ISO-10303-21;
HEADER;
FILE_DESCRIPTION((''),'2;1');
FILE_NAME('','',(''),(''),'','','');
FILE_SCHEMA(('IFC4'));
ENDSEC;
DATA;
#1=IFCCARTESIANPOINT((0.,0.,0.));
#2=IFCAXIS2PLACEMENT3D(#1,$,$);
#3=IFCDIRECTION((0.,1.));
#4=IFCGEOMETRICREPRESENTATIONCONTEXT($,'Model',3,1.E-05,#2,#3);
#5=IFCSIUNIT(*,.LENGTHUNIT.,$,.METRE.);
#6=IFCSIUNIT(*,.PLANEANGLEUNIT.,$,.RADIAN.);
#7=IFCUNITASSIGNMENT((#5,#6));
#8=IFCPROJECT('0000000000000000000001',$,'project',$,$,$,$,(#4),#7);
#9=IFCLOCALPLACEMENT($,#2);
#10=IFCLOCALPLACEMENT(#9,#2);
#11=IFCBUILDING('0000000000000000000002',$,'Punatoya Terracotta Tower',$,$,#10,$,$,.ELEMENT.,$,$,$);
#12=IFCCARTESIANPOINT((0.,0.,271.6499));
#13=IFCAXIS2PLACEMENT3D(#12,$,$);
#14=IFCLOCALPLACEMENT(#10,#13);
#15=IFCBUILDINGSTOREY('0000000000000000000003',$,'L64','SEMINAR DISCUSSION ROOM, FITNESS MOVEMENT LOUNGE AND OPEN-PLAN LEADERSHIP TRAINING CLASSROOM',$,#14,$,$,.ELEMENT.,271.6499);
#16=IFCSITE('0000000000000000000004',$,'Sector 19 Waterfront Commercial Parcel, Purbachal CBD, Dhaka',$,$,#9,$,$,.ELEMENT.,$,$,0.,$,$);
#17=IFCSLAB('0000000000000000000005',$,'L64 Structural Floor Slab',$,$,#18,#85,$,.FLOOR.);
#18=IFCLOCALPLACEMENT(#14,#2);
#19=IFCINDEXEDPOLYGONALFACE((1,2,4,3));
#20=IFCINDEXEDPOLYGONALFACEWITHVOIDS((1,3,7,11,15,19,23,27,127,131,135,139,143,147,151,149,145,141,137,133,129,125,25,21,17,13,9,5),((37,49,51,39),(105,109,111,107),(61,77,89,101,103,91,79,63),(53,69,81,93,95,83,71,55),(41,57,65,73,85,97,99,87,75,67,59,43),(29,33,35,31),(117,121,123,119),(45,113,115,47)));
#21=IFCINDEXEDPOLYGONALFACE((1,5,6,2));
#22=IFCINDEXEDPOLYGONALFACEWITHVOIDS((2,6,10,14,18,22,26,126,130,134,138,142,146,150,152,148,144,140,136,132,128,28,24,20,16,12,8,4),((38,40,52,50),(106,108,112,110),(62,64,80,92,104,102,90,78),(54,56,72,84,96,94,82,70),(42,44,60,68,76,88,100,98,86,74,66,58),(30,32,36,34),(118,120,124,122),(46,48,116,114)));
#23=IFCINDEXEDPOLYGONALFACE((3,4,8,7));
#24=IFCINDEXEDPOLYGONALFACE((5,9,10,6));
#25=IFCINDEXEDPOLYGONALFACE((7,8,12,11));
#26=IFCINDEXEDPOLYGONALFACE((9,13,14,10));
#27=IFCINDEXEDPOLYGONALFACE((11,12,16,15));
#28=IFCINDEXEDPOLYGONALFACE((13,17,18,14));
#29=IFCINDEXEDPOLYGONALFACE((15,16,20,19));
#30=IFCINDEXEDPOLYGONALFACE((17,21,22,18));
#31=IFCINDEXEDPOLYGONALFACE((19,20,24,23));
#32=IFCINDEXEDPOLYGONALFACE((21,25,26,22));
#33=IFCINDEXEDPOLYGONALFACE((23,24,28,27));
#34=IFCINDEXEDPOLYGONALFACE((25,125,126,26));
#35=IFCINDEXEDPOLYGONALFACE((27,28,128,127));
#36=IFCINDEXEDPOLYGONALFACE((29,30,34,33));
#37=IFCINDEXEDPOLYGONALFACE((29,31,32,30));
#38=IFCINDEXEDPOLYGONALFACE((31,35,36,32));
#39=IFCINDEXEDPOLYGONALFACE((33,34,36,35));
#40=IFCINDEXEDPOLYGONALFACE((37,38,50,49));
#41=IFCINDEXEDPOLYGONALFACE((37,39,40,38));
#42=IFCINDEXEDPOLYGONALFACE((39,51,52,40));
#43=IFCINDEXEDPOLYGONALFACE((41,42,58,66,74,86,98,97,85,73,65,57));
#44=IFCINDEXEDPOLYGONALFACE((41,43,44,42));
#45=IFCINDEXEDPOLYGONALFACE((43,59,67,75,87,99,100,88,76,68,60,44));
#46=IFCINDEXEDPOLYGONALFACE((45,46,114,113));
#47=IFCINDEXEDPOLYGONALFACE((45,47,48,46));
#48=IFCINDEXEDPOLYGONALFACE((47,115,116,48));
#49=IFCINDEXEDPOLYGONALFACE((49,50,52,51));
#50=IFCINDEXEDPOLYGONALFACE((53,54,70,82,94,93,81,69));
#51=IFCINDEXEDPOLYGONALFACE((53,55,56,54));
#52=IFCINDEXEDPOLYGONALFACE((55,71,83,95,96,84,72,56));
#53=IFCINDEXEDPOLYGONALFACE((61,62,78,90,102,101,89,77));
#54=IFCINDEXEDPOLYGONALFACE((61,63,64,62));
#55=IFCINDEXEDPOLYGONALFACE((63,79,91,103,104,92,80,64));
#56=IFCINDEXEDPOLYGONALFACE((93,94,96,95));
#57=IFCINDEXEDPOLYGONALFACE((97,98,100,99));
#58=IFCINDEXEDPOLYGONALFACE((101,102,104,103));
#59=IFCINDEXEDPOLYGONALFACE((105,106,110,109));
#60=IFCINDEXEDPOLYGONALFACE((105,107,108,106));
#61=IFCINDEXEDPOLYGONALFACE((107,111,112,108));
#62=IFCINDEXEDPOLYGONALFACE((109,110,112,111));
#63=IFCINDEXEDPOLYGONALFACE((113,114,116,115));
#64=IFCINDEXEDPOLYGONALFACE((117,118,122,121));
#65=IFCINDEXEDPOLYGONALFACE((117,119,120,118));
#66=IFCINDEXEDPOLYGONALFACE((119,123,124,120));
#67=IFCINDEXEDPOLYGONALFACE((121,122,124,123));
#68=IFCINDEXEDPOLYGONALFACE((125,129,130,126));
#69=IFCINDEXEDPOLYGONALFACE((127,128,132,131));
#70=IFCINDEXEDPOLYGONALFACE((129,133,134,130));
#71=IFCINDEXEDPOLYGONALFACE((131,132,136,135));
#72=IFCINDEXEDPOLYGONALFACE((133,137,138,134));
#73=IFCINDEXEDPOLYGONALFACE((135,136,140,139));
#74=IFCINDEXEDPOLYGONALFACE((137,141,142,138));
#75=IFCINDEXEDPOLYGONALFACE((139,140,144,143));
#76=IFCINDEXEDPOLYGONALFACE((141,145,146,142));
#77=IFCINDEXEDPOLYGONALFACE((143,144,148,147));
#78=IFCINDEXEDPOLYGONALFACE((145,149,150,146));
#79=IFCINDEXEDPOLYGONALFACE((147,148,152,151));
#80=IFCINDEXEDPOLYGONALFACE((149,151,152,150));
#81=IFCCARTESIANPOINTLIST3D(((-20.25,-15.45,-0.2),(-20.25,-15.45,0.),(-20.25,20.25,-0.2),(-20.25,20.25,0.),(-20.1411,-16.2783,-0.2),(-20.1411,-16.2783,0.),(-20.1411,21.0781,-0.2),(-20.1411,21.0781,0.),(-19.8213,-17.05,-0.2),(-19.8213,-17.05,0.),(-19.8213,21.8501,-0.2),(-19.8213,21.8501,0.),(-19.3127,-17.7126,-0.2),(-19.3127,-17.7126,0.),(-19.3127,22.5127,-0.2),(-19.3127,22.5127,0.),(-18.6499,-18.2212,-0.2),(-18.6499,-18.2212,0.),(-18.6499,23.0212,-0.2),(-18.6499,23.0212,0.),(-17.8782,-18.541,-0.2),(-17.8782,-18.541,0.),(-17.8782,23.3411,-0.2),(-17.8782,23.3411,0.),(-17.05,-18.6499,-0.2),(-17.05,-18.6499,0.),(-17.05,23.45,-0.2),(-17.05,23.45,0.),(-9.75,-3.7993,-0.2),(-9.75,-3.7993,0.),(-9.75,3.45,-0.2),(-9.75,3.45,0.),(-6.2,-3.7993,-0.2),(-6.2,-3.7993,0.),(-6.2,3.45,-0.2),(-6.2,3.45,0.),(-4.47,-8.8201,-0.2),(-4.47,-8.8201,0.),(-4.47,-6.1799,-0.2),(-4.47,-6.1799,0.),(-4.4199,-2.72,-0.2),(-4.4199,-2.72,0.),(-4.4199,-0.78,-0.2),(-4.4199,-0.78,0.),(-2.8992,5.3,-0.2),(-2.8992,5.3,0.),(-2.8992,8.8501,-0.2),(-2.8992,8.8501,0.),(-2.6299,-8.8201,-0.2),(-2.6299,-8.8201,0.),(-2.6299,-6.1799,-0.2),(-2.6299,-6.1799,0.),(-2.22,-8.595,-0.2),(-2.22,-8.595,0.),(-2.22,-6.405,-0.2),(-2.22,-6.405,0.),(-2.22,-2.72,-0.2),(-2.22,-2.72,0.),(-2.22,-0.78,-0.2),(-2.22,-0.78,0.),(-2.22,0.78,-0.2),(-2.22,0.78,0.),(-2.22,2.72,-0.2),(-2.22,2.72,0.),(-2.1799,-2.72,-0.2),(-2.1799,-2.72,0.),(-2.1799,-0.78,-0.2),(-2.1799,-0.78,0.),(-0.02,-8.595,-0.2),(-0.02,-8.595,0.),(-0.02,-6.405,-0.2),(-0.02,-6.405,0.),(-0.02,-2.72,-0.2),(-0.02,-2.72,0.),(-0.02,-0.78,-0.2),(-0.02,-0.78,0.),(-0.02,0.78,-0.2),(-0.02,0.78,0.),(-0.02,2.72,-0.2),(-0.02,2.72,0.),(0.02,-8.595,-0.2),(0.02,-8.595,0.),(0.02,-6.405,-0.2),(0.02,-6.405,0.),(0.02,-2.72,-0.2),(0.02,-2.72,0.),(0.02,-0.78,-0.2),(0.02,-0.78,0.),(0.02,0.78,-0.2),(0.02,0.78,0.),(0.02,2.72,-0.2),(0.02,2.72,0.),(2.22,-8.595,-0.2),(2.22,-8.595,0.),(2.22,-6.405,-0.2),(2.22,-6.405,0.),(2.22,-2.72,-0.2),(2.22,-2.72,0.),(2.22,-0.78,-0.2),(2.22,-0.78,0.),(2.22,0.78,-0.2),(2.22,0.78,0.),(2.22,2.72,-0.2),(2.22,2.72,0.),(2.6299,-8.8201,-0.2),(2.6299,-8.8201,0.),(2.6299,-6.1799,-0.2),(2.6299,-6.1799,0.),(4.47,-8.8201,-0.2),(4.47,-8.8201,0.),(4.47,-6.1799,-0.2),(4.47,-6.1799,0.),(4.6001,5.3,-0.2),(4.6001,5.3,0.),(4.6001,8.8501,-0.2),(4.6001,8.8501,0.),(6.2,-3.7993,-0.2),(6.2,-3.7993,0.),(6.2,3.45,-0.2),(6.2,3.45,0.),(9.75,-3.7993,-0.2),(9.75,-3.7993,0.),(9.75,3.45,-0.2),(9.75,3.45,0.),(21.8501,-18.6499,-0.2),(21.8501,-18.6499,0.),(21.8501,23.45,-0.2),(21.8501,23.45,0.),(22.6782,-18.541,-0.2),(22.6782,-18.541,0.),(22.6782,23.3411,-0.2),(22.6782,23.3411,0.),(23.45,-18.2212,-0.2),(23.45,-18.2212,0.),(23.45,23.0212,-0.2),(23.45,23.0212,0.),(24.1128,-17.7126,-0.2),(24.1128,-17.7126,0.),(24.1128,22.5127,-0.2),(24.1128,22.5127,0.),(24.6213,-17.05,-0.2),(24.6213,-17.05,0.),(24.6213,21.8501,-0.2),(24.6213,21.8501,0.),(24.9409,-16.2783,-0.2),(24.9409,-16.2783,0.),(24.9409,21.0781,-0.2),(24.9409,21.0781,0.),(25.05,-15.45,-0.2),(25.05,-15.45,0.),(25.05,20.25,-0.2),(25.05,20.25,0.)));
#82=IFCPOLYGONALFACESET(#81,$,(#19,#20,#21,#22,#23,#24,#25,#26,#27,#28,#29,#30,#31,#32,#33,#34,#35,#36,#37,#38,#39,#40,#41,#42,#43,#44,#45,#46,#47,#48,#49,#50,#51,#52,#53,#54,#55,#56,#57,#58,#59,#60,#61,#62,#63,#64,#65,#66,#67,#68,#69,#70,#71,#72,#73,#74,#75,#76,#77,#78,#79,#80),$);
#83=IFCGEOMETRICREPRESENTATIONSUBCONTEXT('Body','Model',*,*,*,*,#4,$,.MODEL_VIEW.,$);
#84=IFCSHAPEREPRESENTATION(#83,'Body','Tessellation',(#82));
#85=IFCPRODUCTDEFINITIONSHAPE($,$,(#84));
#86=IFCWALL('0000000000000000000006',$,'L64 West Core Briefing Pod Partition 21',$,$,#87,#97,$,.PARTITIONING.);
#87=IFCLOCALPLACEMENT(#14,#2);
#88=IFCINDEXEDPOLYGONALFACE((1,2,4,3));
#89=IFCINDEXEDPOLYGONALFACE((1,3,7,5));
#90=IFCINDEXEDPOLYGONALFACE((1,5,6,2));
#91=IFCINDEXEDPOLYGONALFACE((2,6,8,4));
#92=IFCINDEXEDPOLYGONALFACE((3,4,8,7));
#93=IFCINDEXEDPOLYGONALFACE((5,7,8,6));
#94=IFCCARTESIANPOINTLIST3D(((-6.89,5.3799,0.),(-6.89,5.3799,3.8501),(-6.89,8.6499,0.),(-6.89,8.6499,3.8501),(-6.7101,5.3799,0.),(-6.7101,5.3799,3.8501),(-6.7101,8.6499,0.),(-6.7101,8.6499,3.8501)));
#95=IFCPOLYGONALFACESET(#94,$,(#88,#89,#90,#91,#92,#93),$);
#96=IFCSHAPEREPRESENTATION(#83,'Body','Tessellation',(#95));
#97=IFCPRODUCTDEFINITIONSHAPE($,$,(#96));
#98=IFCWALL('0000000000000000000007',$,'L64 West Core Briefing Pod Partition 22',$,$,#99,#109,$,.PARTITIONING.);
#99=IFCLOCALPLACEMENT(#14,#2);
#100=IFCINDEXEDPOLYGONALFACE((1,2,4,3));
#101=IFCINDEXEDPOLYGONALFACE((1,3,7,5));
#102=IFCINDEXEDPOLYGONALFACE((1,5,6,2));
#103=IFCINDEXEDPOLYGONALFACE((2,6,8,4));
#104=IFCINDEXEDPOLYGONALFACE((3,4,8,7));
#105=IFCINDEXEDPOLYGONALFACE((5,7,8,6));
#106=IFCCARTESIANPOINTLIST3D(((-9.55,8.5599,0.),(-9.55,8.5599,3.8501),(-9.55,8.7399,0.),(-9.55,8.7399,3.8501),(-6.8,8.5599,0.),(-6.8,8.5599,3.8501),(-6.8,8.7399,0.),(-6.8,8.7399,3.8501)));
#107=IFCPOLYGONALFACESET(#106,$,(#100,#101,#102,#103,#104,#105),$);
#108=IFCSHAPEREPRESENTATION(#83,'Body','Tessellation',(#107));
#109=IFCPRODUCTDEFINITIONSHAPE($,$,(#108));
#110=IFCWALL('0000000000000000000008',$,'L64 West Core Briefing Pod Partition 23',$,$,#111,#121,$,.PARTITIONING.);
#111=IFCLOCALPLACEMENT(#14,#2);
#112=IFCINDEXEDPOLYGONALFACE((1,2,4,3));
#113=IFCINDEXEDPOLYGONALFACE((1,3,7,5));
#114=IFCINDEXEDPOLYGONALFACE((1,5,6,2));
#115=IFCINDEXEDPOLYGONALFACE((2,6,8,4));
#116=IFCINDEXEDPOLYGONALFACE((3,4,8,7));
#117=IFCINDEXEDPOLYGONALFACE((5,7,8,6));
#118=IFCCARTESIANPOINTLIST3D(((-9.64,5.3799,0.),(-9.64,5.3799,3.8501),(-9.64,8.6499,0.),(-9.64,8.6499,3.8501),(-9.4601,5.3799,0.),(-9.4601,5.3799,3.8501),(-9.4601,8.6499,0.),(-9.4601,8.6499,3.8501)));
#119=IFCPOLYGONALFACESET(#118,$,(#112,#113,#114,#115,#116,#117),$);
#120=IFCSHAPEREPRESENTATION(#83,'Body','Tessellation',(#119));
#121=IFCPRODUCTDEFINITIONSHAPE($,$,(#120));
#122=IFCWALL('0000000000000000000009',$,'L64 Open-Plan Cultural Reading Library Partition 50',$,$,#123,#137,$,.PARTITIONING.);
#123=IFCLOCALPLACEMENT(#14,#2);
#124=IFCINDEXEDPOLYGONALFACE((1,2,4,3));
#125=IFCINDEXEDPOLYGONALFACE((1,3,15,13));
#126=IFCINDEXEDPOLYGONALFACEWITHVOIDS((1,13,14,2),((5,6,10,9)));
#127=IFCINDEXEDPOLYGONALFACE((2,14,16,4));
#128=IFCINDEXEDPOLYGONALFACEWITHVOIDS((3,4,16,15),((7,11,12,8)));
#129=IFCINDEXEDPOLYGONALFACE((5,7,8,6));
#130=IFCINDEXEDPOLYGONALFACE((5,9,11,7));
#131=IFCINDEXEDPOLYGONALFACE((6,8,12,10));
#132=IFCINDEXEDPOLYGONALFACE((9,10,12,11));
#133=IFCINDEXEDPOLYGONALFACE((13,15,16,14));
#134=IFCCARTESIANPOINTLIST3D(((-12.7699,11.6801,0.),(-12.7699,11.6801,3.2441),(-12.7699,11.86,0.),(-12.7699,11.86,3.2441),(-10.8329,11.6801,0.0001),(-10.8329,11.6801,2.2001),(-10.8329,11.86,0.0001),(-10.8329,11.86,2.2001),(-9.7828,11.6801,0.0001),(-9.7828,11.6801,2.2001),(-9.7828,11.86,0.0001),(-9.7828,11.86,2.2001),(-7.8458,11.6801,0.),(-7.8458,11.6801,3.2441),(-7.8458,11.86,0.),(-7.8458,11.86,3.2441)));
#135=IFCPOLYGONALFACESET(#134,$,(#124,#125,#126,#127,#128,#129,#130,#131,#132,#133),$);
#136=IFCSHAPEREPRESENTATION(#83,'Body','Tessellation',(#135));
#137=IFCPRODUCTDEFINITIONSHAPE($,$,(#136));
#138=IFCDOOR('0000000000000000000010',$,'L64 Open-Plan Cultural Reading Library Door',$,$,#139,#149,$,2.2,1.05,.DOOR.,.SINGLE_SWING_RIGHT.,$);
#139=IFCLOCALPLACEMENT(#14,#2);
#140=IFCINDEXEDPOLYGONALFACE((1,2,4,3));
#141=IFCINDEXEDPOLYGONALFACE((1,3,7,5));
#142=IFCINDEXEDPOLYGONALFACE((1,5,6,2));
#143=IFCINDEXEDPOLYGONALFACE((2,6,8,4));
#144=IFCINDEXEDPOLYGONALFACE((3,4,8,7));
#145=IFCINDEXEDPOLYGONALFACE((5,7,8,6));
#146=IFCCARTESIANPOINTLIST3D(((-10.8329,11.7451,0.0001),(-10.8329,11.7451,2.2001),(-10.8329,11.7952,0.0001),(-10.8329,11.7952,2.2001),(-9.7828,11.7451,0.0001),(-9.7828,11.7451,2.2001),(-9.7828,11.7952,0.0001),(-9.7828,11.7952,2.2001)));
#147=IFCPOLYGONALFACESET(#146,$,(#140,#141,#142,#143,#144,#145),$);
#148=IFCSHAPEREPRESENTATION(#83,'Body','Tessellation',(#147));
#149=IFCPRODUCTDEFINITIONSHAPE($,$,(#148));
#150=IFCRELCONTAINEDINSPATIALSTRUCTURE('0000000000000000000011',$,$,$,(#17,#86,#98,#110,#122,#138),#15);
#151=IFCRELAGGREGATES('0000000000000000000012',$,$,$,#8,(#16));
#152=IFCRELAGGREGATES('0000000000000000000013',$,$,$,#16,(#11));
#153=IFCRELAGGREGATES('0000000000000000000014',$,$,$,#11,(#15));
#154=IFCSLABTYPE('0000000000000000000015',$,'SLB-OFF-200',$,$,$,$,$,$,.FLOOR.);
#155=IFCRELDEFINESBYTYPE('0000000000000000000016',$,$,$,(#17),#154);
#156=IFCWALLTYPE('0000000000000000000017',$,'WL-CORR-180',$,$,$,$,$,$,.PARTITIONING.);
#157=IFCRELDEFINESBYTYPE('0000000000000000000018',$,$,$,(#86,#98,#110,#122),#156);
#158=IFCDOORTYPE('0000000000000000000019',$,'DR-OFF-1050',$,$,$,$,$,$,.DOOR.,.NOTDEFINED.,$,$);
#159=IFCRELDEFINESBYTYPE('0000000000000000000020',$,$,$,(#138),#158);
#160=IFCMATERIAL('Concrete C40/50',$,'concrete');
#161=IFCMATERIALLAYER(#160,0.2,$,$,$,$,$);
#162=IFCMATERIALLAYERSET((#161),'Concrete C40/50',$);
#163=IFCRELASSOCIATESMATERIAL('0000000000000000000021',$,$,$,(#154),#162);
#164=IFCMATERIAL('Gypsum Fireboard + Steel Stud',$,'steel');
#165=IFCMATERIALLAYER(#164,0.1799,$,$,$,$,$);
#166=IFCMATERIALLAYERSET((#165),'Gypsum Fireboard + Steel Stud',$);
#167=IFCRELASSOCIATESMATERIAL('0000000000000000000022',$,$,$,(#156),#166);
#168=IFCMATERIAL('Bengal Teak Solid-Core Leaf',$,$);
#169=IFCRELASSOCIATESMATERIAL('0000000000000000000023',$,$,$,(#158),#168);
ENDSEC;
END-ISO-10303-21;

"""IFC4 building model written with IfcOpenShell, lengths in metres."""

from ifc_helpers import new_model, si_unit, direction, frame, frame_2d, origin, place, context, subcontext, project, spatial, polyline, rectangle, outline, extrude, material, layer, layer_set, type_object, element, fill, save


model = new_model("IFC4")

# Units and contexts
model_context = context("Model", 3, precision=1e-05, world=origin(), true_north=direction((0.0, 1.0)))
body_context = subcontext(model_context, "Body", "Model", "MODEL_VIEW")
ifc_project = project(units=[si_unit("LENGTHUNIT", "METRE"), si_unit("PLANEANGLEUNIT", "RADIAN")], contexts=[model_context])

# Site, building, storey
site_placement = place(None, origin())
site = spatial("IfcSite", under=ifc_project, at=site_placement, Name="Sector 19 Waterfront Commercial Parcel, Purbachal CBD, Dhaka", CompositionType="ELEMENT", RefElevation=0.0)
building_placement = place(site_placement, origin())
building = spatial("IfcBuilding", under=site, at=building_placement, Name="Punatoya Terracotta Tower", CompositionType="ELEMENT")
storey_placement = place(building_placement, frame((0.0, 0.0, 271.6499)))
storey = spatial("IfcBuildingStorey", under=building, at=storey_placement, Name="L64", Description="SEMINAR DISCUSSION ROOM, FITNESS MOVEMENT LOUNGE AND OPEN-PLAN LEADERSHIP TRAINING CLASSROOM", CompositionType="ELEMENT", Elevation=271.6499)

# Shared definitions
ifc_material_1 = material(Name="Concrete C40/50", Category="concrete")

# Slab
ifc_layer_1 = layer(ifc_material_1, 0.2)
ifc_layer_set_1 = layer_set([ifc_layer_1], Name="Concrete C40/50")
slab_type_1 = type_object("IfcSlabType", Name="SLB-OFF-200", PredefinedType="FLOOR", material=ifc_layer_set_1)
slab_1_placement = place(storey_placement, frame((0.0, 0.0, -0.2)))
element("IfcSlab", 1, at=slab_1_placement, inside=storey, type_object=slab_type_1, Name="L64 Structural Floor Slab", PredefinedType="FLOOR", context=body_context, shape_type="SweptSolid", body=[
    extrude(outline(polyline([(-17.05, -18.6499), (-17.8782, -18.541), (-18.6499, -18.2212), (-19.3127, -17.7126), (-19.8213, -17.05), (-20.1411, -16.2783), (-20.25, -15.45), (-20.25, 20.25), (-20.1411, 21.0781), (-19.8213, 21.8501), (-19.3127, 22.5127), (-18.6499, 23.0212), (-17.8782, 23.3411), (-17.05, 23.45), (21.8501, 23.45), (22.6782, 23.3411), (23.45, 23.0212), (24.1128, 22.5127), (24.6213, 21.8501), (24.9409, 21.0781), (25.05, 20.25), (25.05, -15.45), (24.9409, -16.2783), (24.6213, -17.05), (24.1128, -17.7126), (23.45, -18.2212), (22.6782, -18.541), (21.8501, -18.6499), (-17.05, -18.6499)]), holes=[polyline([(-2.6299, -6.1799), (-4.47, -6.1799), (-4.47, -8.8201), (-2.6299, -8.8201), (-2.6299, -6.1799)]), polyline([(0.02, -8.595), (2.22, -8.595), (2.22, -6.405), (0.02, -6.405), (-0.02, -6.405), (-2.22, -6.405), (-2.22, -8.595), (-0.02, -8.595), (0.02, -8.595)]), polyline([(-2.22, -2.72), (-2.1799, -2.72), (-0.02, -2.72), (0.02, -2.72), (2.22, -2.72), (2.22, -0.78), (0.02, -0.78), (-0.02, -0.78), (-2.1799, -0.78), (-2.22, -0.78), (-4.4199, -0.78), (-4.4199, -2.72), (-2.22, -2.72)]), polyline([(-6.2, 3.45), (-9.75, 3.45), (-9.75, -3.7993), (-6.2, -3.7993), (-6.2, 3.45)]), polyline([(0.02, 0.78), (2.22, 0.78), (2.22, 2.72), (0.02, 2.72), (-0.02, 2.72), (-2.22, 2.72), (-2.22, 0.78), (-0.02, 0.78), (0.02, 0.78)]), polyline([(4.47, -8.8201), (4.47, -6.1799), (2.6299, -6.1799), (2.6299, -8.8201), (4.47, -8.8201)]), polyline([(6.2, 3.45), (6.2, -3.7993), (9.75, -3.7993), (9.75, 3.45), (6.2, 3.45)]), polyline([(4.6001, 5.3), (4.6001, 8.8501), (-2.8992, 8.8501), (-2.8992, 5.3), (4.6001, 5.3)])]), origin(), (0.0, 0.0, 1.0), 0.2),
])

# Walls
ifc_material_2 = material(Name="Gypsum Fireboard + Steel Stud", Category="steel")
ifc_layer_2 = layer(ifc_material_2, 0.1799)
ifc_layer_set_2 = layer_set([ifc_layer_2], Name="Gypsum Fireboard + Steel Stud")
wall_type_1 = type_object("IfcWallType", Name="WL-CORR-180", PredefinedType="PARTITIONING", material=ifc_layer_set_2)
wall_1_placement = place(storey_placement, frame((-6.8, 5.3799, 0.0), z_axis=(0.0, 0.0, 1.0), x_axis=(0.0, 1.0, 0.0)))
element("IfcWall", 2, at=wall_1_placement, inside=storey, type_object=wall_type_1, Name="L64 West Core Briefing Pod Partition 21", PredefinedType="PARTITIONING", context=body_context, shape_type="SweptSolid", body=[
    extrude(rectangle(XDim=3.27, YDim=0.1799, at=frame_2d((1.635, 0.0))), origin(), (0.0, 0.0, 1.0), 3.8501),
])
wall_2_placement = place(storey_placement, frame((-6.8, 8.6499, 0.0), z_axis=(0.0, 0.0, 1.0), x_axis=(-1.0, 0.0, 0.0)))
element("IfcWall", 3, at=wall_2_placement, inside=storey, type_object=wall_type_1, Name="L64 West Core Briefing Pod Partition 22", PredefinedType="PARTITIONING", context=body_context, shape_type="SweptSolid", body=[
    extrude(rectangle(XDim=2.75, YDim=0.1799, at=frame_2d((1.375, 0.0))), origin(), (0.0, 0.0, 1.0), 3.8501),
])
wall_3_placement = place(storey_placement, frame((-9.55, 8.6499, 0.0), z_axis=(0.0, 0.0, 1.0), x_axis=(0.0, -1.0, 0.0)))
element("IfcWall", 4, at=wall_3_placement, inside=storey, type_object=wall_type_1, Name="L64 West Core Briefing Pod Partition 23", PredefinedType="PARTITIONING", context=body_context, shape_type="SweptSolid", body=[
    extrude(rectangle(XDim=3.27, YDim=0.1799, at=frame_2d((1.635, 0.0))), origin(), (0.0, 0.0, 1.0), 3.8501),
])

# Wall, opening, door
wall_4_placement = place(storey_placement, frame((-7.8459, 11.77, 0.0), z_axis=(0.0, 0.0, 1.0), x_axis=(-1.0, 0.0, 0.0)))
wall_4 = element("IfcWall", 5, at=wall_4_placement, inside=storey, type_object=wall_type_1, Name="L64 Open-Plan Cultural Reading Library Partition 50", PredefinedType="PARTITIONING", context=body_context, shape_type="SweptSolid", body=[
    extrude(rectangle(XDim=4.9241, YDim=0.1799, at=frame_2d((2.4619, 0.0))), origin(), (0.0, 0.0, 1.0), 3.2441),
])
opening_1_placement = place(wall_4_placement, frame((1.937, 0.0, 0.0)))
opening_1 = element("IfcOpeningElement", 6, at=opening_1_placement, cuts=wall_4, PredefinedType="OPENING", context=body_context, shape_type="SweptSolid", body=[
    extrude(rectangle(XDim=1.05, YDim=2.2, at=frame_2d((0.5249, 1.1001))), frame((0.0, 0.0999, 0.0), z_axis=(0.0, -1.0, 0.0), x_axis=(1.0, 0.0, 0.0)), (0.0, 0.0, 1.0), 0.2),
])
ifc_material_3 = material(Name="Bengal Teak Solid-Core Leaf")
door_type_1 = type_object("IfcDoorType", Name="DR-OFF-1050", OperationType="NOTDEFINED", PredefinedType="DOOR", material=ifc_material_3)
door_1_placement = place(opening_1_placement, origin())
door_1 = element("IfcDoor", 7, at=door_1_placement, inside=storey, type_object=door_type_1, Name="L64 Open-Plan Cultural Reading Library Door", OperationType="SINGLE_SWING_RIGHT", OverallHeight=2.2, OverallWidth=1.05, PredefinedType="DOOR", context=body_context, shape_type="SweptSolid", body=[
    extrude(rectangle(XDim=1.05, YDim=2.2, at=frame_2d((0.5249, 1.1001))), frame((0.0, 0.0249, 0.0), z_axis=(0.0, -1.0, 0.0), x_axis=(1.0, 0.0, 0.0)), (0.0, 0.0, 1.0), 0.05),
])
fill(opening_1, door_1)

save(model, "model.ifc")
